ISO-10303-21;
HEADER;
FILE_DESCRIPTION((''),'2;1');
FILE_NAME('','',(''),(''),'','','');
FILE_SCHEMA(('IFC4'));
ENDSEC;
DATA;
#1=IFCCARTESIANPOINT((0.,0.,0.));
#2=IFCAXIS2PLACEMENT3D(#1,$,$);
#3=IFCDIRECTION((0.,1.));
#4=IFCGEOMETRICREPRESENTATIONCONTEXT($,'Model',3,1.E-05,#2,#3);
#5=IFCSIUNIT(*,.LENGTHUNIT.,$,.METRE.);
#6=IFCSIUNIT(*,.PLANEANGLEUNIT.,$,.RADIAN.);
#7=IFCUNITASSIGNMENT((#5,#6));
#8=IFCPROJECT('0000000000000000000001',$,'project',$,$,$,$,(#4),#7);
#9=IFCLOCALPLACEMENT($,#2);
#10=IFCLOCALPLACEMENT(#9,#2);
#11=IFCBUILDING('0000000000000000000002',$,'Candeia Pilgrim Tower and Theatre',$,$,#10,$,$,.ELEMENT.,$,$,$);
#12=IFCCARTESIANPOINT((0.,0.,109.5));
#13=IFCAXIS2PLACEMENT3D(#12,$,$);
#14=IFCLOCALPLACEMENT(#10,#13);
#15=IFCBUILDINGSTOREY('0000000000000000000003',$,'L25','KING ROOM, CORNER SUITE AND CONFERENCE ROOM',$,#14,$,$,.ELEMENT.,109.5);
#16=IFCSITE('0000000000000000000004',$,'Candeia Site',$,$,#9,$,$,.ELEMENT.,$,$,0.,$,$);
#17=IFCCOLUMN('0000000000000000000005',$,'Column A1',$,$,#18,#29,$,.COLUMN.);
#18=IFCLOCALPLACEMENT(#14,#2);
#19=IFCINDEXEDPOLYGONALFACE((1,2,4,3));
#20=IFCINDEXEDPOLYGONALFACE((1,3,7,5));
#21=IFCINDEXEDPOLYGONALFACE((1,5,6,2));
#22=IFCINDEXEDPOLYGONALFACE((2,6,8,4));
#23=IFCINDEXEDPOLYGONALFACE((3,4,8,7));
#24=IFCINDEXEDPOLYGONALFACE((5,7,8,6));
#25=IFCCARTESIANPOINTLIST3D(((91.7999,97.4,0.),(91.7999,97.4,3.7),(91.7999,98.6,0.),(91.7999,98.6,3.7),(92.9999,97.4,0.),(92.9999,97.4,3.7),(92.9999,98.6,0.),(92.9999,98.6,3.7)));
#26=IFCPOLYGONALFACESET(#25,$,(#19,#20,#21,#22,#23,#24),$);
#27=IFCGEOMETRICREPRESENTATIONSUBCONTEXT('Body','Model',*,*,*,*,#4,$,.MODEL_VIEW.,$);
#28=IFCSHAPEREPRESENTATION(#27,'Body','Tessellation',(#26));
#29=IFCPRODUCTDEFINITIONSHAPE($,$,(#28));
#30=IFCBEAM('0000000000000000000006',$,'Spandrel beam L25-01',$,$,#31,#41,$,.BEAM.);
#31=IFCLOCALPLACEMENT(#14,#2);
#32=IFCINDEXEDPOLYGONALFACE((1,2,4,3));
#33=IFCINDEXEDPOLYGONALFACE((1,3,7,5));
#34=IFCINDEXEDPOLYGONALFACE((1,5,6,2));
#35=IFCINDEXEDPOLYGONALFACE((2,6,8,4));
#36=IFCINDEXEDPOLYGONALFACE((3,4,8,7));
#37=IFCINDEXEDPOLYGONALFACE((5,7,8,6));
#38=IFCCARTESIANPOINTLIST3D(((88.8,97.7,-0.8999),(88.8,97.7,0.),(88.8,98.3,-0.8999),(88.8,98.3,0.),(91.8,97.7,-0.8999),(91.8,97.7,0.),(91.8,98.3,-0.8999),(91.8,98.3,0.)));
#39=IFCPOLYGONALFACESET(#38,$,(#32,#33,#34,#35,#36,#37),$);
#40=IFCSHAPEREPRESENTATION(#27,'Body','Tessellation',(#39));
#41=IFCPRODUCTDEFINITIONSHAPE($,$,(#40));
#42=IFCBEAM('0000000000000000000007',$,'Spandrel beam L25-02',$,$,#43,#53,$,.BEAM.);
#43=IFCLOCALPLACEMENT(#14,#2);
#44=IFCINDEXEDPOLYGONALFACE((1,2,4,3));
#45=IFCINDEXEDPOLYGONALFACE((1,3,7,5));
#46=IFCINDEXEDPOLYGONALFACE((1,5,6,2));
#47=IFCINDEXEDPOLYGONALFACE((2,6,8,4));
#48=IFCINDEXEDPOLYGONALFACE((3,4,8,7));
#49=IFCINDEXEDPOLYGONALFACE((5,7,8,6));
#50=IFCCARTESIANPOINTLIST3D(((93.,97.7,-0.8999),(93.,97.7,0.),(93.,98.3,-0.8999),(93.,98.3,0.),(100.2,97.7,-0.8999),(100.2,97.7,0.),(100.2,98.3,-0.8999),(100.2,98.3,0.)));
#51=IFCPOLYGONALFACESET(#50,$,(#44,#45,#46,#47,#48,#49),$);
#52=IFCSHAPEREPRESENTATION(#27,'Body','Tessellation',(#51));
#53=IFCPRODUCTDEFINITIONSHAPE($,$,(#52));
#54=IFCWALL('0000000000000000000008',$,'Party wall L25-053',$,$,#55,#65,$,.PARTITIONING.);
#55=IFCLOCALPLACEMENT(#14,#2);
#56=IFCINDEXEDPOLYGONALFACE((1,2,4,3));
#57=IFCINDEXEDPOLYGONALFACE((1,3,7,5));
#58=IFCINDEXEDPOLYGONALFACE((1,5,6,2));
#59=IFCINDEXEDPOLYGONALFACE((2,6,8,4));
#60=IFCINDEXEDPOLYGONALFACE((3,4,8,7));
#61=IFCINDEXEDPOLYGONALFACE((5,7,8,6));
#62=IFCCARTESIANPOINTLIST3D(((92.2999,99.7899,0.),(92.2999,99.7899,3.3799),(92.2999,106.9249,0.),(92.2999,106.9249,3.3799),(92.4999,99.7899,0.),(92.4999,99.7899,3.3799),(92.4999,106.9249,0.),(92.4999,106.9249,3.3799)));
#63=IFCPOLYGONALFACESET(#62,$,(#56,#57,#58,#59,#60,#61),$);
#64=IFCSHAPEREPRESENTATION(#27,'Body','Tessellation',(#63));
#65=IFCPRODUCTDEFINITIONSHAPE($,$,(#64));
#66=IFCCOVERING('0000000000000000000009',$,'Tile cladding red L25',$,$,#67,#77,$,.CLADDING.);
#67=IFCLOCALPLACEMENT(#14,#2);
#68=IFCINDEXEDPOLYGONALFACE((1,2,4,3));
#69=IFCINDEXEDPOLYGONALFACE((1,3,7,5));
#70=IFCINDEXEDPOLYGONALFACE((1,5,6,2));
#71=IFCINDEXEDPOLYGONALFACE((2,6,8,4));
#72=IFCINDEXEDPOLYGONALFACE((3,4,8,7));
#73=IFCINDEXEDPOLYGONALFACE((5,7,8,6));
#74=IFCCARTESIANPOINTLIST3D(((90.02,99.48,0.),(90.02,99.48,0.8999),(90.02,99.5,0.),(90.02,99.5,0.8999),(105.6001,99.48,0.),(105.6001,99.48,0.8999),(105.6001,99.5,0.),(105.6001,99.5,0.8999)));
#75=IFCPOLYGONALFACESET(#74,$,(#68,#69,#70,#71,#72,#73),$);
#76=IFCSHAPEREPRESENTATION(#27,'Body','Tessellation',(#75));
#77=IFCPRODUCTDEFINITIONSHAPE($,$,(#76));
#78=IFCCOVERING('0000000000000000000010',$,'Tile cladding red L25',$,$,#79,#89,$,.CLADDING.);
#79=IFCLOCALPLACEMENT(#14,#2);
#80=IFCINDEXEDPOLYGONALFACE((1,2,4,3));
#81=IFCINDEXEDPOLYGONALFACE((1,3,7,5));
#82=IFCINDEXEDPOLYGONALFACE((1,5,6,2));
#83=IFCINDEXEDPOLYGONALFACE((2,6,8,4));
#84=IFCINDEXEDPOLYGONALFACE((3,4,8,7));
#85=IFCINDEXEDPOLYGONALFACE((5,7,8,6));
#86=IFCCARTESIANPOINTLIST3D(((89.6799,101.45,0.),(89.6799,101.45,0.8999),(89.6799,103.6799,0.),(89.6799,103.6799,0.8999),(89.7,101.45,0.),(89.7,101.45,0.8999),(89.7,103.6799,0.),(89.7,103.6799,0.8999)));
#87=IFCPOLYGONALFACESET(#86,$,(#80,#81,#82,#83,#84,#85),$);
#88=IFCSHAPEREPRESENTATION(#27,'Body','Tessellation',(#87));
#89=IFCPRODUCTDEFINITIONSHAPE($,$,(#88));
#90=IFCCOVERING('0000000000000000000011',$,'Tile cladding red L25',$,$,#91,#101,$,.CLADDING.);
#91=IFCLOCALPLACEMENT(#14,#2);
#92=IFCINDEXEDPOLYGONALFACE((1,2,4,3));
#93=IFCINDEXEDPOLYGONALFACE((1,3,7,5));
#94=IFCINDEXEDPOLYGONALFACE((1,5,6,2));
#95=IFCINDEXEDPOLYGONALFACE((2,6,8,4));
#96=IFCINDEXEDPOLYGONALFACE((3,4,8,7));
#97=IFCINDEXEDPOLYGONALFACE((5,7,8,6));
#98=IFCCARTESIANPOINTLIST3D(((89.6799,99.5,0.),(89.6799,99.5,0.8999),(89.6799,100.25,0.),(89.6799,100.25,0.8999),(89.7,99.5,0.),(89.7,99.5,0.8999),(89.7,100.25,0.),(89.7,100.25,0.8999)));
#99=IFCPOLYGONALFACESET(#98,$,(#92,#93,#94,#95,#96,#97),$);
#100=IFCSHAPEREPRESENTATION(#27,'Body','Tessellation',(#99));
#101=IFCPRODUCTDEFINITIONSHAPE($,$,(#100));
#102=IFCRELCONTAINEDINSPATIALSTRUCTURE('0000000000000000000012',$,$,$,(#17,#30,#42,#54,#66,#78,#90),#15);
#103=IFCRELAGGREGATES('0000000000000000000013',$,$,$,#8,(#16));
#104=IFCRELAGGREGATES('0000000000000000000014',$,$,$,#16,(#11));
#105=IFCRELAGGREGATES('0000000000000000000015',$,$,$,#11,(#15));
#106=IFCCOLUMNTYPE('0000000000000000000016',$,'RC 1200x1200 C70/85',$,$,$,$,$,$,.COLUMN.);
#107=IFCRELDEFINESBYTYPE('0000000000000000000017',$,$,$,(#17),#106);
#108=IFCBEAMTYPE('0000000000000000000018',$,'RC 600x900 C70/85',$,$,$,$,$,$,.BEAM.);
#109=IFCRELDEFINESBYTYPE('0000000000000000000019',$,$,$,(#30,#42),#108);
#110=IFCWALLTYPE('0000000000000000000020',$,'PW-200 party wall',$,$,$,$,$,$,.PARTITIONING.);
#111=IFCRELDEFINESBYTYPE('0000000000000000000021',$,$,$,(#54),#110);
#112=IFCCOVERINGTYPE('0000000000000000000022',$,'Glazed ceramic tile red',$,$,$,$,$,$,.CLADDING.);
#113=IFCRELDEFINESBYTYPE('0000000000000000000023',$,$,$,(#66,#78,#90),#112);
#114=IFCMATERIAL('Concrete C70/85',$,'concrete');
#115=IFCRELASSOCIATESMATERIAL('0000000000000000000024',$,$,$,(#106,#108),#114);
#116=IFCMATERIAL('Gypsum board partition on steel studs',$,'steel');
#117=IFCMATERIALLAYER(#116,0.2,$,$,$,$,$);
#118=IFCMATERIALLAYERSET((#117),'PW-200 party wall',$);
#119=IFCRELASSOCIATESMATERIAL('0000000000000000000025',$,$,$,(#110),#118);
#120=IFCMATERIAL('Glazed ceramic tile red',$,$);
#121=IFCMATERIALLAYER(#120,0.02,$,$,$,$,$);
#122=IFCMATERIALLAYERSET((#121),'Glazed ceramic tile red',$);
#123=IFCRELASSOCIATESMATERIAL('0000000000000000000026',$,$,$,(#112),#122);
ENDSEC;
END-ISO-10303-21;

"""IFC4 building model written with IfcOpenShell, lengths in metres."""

from ifc_helpers import new_model, si_unit, direction, frame, frame_2d, origin, origin_2d, place, context, subcontext, project, spatial, rectangle, extrude, material, layer, layer_set, material_profile, profile_set, type_object, element, save


model = new_model("IFC4")

# Units and contexts
model_context = context("Model", 3, precision=1e-05, world=origin(), true_north=direction((0.0, 1.0)))
body_context = subcontext(model_context, "Body", "Model", "MODEL_VIEW")
ifc_project = project(units=[si_unit("LENGTHUNIT", "METRE"), si_unit("PLANEANGLEUNIT", "RADIAN")], contexts=[model_context])

# Site, building, storey
site_placement = place(None, origin())
site = spatial("IfcSite", under=ifc_project, at=site_placement, Name="Candeia Site", CompositionType="ELEMENT", RefElevation=0.0)
building_placement = place(site_placement, origin())
building = spatial("IfcBuilding", under=site, at=building_placement, Name="Candeia Pilgrim Tower and Theatre", CompositionType="ELEMENT")
storey_placement = place(building_placement, frame((0.0, 0.0, 109.5)))
storey = spatial("IfcBuildingStorey", under=building, at=storey_placement, Name="L25", Description="KING ROOM, CORNER SUITE AND CONFERENCE ROOM", CompositionType="ELEMENT", Elevation=109.5)

# Column
ifc_material_1 = material(Name="Concrete C70/85", Category="concrete")
ifc_material_profile_1 = material_profile(ifc_material_1, rectangle(XDim=1.2, YDim=1.2, at=origin_2d()))
ifc_profile_set_1 = profile_set([ifc_material_profile_1], Name="Concrete C70/85")
column_type = type_object("IfcColumnType", Name="RC 1200x1200 C70/85", PredefinedType="COLUMN", material=ifc_profile_set_1)
column_placement = place(storey_placement, frame((92.3999, 98.0, 0.0), z_axis=(0.0, 0.0, 1.0), x_axis=(1.0, 0.0, 0.0)))
element("IfcColumn", 1, at=column_placement, inside=storey, type_object=column_type, Name="Column A1", PredefinedType="COLUMN", context=body_context, shape_type="SweptSolid", body=[
    extrude(rectangle(XDim=1.2, YDim=1.2, at=origin_2d()), origin(), (0.0, 0.0, 1.0), 3.7),
])

# Beams
ifc_material_profile_2 = material_profile(ifc_material_1, rectangle(XDim=0.6001, YDim=0.8999, at=origin_2d()))
ifc_profile_set_2 = profile_set([ifc_material_profile_2], Name="Concrete C70/85")
beam_type = type_object("IfcBeamType", Name="RC 600x900 C70/85", PredefinedType="BEAM", material=ifc_profile_set_2)
beam_1_placement = place(storey_placement, frame((88.8, 98.0, -0.45), z_axis=(1.0, 0.0, 0.0), x_axis=(0.0, 1.0, 0.0)))
element("IfcBeam", 2, at=beam_1_placement, inside=storey, type_object=beam_type, Name="Spandrel beam L25-01", PredefinedType="BEAM", context=body_context, shape_type="SweptSolid", body=[
    extrude(rectangle(XDim=0.6001, YDim=0.8999, at=origin_2d()), origin(), (0.0, 0.0, 1.0), 3.0),
])
beam_2_placement = place(storey_placement, frame((93.0, 98.0, -0.45), z_axis=(1.0, 0.0, 0.0), x_axis=(0.0, 1.0, 0.0)))
element("IfcBeam", 3, at=beam_2_placement, inside=storey, type_object=beam_type, Name="Spandrel beam L25-02", PredefinedType="BEAM", context=body_context, shape_type="SweptSolid", body=[
    extrude(rectangle(XDim=0.6001, YDim=0.8999, at=origin_2d()), origin(), (0.0, 0.0, 1.0), 7.2),
])

# Wall
ifc_material_2 = material(Name="Gypsum board partition on steel studs", Category="steel")
ifc_layer_1 = layer(ifc_material_2, 0.2)
ifc_layer_set_1 = layer_set([ifc_layer_1], Name="PW-200 party wall")
wall_type_1 = type_object("IfcWallType", Name="PW-200 party wall", PredefinedType="PARTITIONING", material=ifc_layer_set_1)
wall_1_placement = place(storey_placement, frame((92.3999, 99.79, 0.0), z_axis=(0.0, 0.0, 1.0), x_axis=(0.0, 1.0, 0.0)))
element("IfcWall", 4, at=wall_1_placement, inside=storey, type_object=wall_type_1, Name="Party wall L25-053", PredefinedType="PARTITIONING", context=body_context, shape_type="SweptSolid", body=[
    extrude(rectangle(XDim=7.135, YDim=0.2, at=frame_2d((3.5674, 0.0))), origin(), (0.0, 0.0, 1.0), 3.3799),
])

# Coverings
ifc_material_3 = material(Name="Glazed ceramic tile red")
ifc_layer_2 = layer(ifc_material_3, 0.02)
ifc_layer_set_2 = layer_set([ifc_layer_2], Name="Glazed ceramic tile red")
covering_type = type_object("IfcCoveringType", Name="Glazed ceramic tile red", PredefinedType="CLADDING", material=ifc_layer_set_2)
covering_1_placement = place(storey_placement, frame((97.8101, 99.49, 0.0), z_axis=(0.0, 0.0, 1.0), x_axis=(1.0, 0.0, 0.0)))
element("IfcCovering", 5, at=covering_1_placement, inside=storey, type_object=covering_type, Name="Tile cladding red L25", PredefinedType="CLADDING", context=body_context, shape_type="SweptSolid", body=[
    extrude(rectangle(XDim=15.5801, YDim=0.02, at=origin_2d()), origin(), (0.0, 0.0, 1.0), 0.8999),
])
covering_2_placement = place(storey_placement, frame((89.6899, 102.5649, 0.0), z_axis=(0.0, 0.0, 1.0), x_axis=(0.0, -1.0, 0.0)))
element("IfcCovering", 6, at=covering_2_placement, inside=storey, type_object=covering_type, Name="Tile cladding red L25", PredefinedType="CLADDING", context=body_context, shape_type="SweptSolid", body=[
    extrude(rectangle(XDim=2.23, YDim=0.02, at=origin_2d()), origin(), (0.0, 0.0, 1.0), 0.8999),
])
covering_3_placement = place(storey_placement, frame((89.6899, 99.875, 0.0), z_axis=(0.0, 0.0, 1.0), x_axis=(0.0, -1.0, 0.0)))
element("IfcCovering", 7, at=covering_3_placement, inside=storey, type_object=covering_type, Name="Tile cladding red L25", PredefinedType="CLADDING", context=body_context, shape_type="SweptSolid", body=[
    extrude(rectangle(XDim=0.75, YDim=0.02, at=origin_2d()), origin(), (0.0, 0.0, 1.0), 0.8999),
])

save(model, "model.ifc")
